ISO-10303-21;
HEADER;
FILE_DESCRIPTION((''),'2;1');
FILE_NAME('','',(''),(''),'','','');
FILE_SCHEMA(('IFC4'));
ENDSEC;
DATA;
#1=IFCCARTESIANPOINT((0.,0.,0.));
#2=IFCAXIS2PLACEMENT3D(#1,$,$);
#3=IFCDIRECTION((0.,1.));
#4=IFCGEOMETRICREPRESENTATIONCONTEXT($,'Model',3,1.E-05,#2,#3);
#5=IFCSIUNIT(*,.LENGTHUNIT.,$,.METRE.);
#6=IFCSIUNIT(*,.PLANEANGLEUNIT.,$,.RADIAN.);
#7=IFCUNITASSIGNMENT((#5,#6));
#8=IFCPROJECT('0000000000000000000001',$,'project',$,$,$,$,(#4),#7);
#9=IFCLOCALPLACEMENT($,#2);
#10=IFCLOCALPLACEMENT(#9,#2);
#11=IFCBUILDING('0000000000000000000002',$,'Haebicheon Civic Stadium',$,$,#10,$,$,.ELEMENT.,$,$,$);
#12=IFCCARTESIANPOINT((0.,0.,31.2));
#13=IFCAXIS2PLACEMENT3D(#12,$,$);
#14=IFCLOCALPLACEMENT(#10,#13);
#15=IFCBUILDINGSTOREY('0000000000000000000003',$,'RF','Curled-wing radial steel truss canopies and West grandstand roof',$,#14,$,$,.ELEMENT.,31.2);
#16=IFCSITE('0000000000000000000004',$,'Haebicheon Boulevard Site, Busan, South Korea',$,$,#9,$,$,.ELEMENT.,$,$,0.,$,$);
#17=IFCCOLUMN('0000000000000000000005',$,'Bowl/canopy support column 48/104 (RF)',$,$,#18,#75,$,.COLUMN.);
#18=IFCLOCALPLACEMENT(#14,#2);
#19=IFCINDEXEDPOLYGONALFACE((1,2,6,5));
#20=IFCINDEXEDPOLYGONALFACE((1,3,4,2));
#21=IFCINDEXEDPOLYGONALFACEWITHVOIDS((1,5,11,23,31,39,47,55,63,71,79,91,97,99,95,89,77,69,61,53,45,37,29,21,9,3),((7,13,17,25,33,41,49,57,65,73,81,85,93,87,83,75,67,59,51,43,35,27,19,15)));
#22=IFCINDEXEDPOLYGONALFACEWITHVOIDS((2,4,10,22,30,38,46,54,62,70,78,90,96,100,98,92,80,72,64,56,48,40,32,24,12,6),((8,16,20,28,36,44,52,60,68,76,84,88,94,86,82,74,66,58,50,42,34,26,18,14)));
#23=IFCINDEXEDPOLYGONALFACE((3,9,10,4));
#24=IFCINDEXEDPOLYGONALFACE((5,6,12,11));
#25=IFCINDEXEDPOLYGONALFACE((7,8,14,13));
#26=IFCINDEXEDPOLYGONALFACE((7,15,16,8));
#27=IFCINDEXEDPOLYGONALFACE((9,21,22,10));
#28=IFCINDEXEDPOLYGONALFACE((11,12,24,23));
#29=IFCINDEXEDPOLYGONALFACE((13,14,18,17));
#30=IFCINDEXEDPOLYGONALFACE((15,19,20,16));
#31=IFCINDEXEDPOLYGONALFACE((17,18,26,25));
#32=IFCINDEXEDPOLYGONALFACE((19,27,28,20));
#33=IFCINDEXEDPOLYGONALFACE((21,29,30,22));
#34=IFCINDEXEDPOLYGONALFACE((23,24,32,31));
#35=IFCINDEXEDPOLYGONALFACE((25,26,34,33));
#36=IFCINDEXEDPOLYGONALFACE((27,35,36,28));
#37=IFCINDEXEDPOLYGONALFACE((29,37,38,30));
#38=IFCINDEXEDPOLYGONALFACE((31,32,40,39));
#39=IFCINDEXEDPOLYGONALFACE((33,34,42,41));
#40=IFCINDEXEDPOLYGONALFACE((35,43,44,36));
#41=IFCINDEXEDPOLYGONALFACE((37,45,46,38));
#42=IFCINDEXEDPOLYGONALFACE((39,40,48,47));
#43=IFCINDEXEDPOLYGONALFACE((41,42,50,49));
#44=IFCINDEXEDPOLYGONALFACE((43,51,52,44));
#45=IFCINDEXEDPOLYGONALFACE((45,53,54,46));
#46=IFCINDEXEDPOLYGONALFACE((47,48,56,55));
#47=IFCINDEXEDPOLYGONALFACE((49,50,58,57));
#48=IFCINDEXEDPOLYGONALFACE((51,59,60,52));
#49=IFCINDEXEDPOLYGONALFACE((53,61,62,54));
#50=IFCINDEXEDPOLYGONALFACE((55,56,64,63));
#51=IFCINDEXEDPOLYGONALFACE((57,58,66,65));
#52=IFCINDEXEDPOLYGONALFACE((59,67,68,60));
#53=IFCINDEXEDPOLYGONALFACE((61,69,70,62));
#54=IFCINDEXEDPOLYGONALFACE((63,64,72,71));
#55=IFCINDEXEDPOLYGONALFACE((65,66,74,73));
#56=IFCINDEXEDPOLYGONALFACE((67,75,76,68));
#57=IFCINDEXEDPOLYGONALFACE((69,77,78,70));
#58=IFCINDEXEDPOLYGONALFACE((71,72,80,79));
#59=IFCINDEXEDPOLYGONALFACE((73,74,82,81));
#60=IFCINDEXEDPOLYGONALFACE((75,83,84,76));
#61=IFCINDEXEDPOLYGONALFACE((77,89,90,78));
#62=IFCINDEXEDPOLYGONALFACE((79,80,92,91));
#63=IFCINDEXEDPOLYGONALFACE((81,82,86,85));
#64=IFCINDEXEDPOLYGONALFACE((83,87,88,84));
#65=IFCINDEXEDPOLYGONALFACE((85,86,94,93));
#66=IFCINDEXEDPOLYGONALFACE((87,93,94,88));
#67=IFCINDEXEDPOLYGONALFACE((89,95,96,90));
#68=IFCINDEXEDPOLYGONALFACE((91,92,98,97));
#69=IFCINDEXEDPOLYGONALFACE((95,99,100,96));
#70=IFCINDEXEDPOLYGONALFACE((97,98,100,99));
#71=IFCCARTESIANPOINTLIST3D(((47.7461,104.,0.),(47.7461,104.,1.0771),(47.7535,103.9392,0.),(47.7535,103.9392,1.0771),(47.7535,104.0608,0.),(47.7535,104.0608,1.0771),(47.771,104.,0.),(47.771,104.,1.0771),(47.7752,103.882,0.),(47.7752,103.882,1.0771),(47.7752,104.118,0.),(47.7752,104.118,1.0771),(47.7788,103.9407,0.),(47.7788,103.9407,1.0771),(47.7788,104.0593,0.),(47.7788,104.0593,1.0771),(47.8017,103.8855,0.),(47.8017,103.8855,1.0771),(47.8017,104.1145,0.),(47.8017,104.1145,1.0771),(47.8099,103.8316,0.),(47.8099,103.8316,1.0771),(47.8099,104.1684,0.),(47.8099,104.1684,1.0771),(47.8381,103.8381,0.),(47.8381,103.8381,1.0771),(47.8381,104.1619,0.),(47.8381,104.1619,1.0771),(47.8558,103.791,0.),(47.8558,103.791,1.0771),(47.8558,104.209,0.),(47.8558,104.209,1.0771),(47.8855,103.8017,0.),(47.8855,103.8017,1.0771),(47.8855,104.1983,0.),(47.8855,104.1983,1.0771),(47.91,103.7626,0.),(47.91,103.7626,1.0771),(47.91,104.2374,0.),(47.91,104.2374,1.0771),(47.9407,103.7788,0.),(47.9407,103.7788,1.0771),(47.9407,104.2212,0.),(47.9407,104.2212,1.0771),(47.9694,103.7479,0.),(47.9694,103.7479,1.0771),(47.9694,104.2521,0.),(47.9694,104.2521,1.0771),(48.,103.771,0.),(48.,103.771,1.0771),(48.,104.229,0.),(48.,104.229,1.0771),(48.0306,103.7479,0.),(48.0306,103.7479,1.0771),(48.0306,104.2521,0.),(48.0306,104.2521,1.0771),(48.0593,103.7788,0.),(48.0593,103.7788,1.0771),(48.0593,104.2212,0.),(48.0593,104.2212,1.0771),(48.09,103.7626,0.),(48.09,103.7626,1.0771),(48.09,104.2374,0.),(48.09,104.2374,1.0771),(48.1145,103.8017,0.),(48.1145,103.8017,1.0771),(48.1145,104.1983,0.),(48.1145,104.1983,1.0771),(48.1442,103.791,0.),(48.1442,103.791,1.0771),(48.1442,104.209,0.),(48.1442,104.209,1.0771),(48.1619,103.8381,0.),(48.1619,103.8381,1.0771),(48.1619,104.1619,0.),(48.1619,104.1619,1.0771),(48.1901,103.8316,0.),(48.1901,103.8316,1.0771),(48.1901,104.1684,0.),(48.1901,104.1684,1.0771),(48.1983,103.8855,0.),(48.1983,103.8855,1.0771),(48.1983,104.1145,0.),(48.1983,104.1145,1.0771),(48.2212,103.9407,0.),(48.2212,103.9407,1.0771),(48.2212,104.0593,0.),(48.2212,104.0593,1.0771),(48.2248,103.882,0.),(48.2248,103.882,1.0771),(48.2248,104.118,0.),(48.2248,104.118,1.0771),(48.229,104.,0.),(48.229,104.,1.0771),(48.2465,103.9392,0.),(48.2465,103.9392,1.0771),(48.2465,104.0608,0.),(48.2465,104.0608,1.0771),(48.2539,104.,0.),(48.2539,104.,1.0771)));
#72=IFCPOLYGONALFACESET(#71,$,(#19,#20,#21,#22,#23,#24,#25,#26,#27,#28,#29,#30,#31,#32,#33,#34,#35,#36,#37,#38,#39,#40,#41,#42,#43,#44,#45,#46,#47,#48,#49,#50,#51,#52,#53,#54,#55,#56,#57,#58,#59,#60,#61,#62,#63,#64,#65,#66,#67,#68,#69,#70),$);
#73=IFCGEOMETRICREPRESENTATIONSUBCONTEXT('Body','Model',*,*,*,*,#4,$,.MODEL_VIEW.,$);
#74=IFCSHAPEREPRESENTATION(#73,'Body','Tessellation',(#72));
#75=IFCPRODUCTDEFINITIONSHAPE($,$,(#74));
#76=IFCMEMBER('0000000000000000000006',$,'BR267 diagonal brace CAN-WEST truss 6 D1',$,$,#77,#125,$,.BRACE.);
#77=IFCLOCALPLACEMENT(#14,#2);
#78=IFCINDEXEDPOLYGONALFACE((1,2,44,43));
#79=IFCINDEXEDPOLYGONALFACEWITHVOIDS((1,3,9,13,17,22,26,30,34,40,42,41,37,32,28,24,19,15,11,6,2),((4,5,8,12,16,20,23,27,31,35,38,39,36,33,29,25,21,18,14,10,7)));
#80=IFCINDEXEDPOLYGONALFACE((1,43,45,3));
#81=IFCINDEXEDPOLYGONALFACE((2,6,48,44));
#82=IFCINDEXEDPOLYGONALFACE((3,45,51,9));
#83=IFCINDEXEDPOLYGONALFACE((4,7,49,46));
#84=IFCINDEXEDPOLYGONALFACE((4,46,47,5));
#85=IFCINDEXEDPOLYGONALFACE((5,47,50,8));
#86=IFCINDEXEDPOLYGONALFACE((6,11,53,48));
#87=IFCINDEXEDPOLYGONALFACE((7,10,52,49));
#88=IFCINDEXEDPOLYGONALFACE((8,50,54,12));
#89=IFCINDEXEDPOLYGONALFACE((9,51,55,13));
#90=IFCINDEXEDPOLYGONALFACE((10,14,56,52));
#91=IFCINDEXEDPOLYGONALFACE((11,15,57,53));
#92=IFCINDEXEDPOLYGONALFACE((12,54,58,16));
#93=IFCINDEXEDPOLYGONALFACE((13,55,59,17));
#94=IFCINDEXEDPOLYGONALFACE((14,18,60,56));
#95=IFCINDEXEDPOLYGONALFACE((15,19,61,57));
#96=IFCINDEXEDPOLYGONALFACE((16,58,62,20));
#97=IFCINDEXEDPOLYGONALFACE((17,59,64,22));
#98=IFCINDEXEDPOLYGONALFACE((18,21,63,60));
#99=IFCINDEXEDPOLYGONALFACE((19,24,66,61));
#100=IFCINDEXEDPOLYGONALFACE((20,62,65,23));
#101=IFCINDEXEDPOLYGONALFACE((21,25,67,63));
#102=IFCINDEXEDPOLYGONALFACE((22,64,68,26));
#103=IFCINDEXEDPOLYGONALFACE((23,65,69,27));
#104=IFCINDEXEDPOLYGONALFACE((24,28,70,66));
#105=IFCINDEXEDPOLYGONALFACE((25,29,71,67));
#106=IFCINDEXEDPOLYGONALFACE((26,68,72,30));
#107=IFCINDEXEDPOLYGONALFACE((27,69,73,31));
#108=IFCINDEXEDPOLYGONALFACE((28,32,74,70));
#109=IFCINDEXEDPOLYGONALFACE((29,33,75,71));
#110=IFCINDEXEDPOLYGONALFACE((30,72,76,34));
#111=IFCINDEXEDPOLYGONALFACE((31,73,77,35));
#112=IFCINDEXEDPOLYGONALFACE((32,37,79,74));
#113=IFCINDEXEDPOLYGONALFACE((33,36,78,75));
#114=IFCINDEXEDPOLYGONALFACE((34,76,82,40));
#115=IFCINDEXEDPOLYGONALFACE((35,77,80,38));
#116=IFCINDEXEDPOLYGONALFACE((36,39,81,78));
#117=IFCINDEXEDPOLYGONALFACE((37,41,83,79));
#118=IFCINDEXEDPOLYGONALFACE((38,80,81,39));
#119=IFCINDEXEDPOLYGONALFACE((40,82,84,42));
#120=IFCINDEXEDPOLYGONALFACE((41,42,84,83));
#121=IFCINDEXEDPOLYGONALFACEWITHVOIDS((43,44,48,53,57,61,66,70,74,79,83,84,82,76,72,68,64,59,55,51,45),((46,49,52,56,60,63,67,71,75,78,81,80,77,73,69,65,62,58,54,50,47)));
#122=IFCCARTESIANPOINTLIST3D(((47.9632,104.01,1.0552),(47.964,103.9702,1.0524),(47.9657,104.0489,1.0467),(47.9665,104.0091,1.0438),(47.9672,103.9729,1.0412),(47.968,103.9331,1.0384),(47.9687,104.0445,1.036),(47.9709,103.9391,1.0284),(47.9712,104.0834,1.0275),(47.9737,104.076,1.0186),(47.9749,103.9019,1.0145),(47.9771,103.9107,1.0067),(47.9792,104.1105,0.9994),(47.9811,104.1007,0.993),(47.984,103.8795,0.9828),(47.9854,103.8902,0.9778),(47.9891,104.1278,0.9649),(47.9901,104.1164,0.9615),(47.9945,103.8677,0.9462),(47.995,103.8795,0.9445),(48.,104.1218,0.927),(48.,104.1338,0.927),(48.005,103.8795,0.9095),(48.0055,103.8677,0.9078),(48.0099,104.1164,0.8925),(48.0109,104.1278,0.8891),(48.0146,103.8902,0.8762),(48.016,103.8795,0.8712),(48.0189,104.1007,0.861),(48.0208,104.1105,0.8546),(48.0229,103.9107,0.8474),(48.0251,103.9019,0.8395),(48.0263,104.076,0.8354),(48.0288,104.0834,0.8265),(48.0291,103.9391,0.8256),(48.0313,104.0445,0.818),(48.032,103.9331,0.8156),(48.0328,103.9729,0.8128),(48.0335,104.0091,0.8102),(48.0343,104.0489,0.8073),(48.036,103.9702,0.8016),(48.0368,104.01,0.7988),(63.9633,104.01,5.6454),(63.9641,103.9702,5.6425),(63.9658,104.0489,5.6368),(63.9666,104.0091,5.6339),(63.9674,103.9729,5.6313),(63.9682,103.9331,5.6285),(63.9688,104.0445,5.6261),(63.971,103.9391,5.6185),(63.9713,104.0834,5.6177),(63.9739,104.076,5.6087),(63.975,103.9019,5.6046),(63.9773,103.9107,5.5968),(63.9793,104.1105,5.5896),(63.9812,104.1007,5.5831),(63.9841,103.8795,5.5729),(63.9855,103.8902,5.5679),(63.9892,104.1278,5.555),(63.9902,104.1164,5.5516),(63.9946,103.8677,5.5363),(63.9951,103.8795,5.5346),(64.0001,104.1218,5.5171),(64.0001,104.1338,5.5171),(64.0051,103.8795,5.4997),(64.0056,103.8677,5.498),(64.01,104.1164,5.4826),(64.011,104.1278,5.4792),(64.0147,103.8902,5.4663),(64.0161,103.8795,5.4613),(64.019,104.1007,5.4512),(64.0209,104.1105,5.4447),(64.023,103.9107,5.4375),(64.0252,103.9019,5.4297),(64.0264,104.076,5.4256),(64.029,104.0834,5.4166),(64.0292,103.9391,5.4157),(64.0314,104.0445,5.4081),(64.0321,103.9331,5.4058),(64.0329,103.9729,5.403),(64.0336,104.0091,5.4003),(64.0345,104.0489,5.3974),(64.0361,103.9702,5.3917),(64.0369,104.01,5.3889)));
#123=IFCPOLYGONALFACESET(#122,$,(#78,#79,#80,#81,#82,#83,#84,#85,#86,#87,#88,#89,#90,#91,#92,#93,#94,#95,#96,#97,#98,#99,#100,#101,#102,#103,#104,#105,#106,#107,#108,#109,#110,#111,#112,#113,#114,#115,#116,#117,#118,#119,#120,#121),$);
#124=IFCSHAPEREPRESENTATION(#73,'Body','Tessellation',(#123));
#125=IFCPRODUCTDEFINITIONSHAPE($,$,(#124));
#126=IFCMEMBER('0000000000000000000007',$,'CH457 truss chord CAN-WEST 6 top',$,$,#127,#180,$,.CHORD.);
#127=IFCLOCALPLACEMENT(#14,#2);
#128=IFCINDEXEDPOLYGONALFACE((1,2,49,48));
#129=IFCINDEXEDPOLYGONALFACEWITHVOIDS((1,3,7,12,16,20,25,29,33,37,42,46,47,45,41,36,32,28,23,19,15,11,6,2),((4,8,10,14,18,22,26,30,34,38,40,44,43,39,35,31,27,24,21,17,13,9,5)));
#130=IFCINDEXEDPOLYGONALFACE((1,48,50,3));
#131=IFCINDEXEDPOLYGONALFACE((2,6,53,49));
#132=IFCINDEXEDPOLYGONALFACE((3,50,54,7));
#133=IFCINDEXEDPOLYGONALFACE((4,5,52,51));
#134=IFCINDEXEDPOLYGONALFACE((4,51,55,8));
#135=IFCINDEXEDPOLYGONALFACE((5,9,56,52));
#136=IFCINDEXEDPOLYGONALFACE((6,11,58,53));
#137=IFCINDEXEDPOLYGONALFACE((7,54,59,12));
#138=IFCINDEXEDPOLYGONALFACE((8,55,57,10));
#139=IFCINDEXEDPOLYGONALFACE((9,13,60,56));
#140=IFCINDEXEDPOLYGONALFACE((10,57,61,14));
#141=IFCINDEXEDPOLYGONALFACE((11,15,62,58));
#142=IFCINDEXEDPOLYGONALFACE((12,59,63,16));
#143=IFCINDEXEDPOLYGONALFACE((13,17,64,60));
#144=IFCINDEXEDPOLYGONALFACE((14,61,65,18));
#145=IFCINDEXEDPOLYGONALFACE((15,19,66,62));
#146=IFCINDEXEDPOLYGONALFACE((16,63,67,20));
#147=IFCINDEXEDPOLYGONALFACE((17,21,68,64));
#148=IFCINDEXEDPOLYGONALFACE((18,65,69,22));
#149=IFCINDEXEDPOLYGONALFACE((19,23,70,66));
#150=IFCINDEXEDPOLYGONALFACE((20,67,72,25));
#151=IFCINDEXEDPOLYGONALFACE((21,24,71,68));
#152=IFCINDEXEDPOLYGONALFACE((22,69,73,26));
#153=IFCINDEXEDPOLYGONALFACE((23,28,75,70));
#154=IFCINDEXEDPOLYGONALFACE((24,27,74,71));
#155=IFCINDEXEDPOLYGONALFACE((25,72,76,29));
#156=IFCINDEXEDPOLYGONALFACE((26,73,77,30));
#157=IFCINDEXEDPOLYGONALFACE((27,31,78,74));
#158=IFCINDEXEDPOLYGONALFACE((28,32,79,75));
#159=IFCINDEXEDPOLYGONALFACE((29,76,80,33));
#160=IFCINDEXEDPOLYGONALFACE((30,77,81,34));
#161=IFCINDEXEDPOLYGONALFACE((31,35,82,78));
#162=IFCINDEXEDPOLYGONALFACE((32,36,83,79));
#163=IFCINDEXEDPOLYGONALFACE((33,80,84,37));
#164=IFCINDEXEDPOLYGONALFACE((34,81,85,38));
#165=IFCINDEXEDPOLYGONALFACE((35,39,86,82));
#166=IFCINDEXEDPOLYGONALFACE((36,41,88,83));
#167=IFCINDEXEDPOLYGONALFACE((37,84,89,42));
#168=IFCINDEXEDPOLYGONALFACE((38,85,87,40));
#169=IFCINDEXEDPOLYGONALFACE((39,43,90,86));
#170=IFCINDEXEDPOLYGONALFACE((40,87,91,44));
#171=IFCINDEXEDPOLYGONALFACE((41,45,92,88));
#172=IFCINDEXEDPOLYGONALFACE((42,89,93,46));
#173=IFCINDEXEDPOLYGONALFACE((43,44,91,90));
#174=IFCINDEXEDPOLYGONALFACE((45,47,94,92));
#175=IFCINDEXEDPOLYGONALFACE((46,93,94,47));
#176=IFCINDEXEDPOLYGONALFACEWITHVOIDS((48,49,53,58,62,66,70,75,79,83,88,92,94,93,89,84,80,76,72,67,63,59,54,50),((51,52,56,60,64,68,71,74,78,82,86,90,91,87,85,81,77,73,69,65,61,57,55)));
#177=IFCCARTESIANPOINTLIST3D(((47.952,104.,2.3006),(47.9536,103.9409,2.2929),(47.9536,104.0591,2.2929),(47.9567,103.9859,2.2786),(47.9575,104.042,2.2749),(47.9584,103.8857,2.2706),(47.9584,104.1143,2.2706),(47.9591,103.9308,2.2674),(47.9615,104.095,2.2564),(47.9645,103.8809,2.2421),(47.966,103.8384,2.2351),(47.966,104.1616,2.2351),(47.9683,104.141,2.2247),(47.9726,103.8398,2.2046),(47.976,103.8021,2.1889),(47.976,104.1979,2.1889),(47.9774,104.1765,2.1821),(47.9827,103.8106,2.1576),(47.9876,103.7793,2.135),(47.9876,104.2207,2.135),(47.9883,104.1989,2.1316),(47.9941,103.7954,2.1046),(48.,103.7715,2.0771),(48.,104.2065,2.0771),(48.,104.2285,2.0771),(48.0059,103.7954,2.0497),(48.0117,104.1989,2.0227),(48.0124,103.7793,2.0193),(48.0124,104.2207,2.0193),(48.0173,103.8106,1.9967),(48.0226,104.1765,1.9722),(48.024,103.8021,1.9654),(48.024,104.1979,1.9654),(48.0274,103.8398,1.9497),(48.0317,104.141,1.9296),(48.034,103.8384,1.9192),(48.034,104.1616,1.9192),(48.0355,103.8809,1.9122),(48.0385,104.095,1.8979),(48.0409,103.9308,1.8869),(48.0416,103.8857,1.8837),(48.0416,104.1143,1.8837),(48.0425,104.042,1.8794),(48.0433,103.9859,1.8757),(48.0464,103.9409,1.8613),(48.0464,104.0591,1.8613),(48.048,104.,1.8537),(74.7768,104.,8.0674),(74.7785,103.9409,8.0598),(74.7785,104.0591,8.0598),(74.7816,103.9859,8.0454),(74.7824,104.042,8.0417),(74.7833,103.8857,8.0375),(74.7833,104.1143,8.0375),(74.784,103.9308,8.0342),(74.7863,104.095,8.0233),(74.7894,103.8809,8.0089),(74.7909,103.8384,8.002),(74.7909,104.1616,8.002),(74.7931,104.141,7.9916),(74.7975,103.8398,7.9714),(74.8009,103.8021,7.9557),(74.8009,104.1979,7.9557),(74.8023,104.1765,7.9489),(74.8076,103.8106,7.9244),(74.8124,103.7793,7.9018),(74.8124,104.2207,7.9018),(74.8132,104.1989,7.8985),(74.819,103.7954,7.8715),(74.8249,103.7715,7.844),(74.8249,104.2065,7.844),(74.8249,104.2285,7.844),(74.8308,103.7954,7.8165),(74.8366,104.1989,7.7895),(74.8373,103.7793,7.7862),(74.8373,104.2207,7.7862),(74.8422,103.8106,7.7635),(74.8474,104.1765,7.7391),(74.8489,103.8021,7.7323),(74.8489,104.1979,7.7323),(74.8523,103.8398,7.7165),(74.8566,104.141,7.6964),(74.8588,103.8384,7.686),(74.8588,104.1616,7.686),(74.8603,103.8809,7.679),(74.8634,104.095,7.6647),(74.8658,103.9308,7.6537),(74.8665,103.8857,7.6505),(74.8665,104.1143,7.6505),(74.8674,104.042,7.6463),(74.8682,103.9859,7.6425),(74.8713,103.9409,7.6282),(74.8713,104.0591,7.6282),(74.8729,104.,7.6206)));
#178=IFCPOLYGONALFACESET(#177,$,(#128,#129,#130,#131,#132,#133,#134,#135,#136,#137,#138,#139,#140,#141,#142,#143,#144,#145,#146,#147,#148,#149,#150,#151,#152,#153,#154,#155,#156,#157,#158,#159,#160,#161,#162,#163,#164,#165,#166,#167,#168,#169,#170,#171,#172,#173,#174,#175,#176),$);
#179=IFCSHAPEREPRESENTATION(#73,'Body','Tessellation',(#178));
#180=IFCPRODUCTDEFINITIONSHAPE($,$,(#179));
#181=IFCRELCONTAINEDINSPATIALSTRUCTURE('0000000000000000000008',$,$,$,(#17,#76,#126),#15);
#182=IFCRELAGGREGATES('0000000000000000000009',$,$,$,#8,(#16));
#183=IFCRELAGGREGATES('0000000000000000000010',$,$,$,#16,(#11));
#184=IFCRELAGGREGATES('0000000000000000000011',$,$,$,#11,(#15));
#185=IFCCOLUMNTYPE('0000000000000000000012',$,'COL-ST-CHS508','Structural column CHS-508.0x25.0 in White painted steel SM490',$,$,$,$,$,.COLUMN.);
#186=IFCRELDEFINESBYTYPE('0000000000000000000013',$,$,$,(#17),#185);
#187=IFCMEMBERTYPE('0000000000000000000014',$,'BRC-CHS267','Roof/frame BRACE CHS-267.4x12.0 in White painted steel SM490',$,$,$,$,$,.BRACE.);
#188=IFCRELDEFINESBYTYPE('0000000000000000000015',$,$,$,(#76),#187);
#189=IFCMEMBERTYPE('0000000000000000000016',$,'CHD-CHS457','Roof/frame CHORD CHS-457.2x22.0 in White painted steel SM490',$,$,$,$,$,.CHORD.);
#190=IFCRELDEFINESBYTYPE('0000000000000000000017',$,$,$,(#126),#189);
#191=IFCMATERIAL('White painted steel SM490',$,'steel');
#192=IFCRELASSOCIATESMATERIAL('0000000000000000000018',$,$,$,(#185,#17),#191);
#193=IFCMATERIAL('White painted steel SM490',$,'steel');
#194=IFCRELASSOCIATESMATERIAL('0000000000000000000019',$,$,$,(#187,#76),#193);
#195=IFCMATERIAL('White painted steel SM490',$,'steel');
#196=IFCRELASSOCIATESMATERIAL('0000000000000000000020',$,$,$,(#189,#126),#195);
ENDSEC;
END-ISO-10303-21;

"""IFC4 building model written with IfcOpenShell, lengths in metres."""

from ifc_helpers import new_model, si_unit, direction, frame, origin, origin_2d, place, context, subcontext, project, spatial, hollow_circle, extrude, material, material_profile, profile_set, type_object, element, save


model = new_model("IFC4")

# Units and contexts
model_context = context("Model", 3, precision=1e-05, world=origin(), true_north=direction((0.0, 1.0)))
body_context = subcontext(model_context, "Body", "Model", "MODEL_VIEW")
ifc_project = project(units=[si_unit("LENGTHUNIT", "METRE"), si_unit("PLANEANGLEUNIT", "RADIAN")], contexts=[model_context])

# Site, building, storey
site_placement = place(None, origin())
site = spatial("IfcSite", under=ifc_project, at=site_placement, Name="Haebicheon Boulevard Site, Busan, South Korea", CompositionType="ELEMENT", RefElevation=0.0)
building_placement = place(site_placement, origin())
building = spatial("IfcBuilding", under=site, at=building_placement, Name="Haebicheon Civic Stadium", CompositionType="ELEMENT")
storey_placement = place(building_placement, frame((0.0, 0.0, 31.2)))
storey = spatial("IfcBuildingStorey", under=building, at=storey_placement, Name="RF", Description="Curled-wing radial steel truss canopies and West grandstand roof", CompositionType="ELEMENT", Elevation=31.2)

# Column
ifc_material_1 = material(Name="White painted steel SM490", Category="steel")
ifc_material_profile_1 = material_profile(ifc_material_1, hollow_circle(Radius=0.2539, WallThickness=0.0249, at=origin_2d()), Name="CHS-508.0x25.0")
ifc_profile_set_1 = profile_set([ifc_material_profile_1], Name="White painted steel SM490")
column_type = type_object("IfcColumnType", Name="COL-ST-CHS508", Description="Structural column CHS-508.0x25.0 in White painted steel SM490", PredefinedType="COLUMN", material=ifc_profile_set_1)
column_placement = place(storey_placement, frame((48.0, 104.0, 0.0), z_axis=(0.0, 0.0, 1.0), x_axis=(1.0, 0.0, 0.0)))
element("IfcColumn", 1, at=column_placement, inside=storey, type_object=column_type, material=ifc_profile_set_1, Name="Bowl/canopy support column 48/104 (RF)", PredefinedType="COLUMN", context=body_context, shape_type="SweptSolid", body=[
    extrude(hollow_circle(Radius=0.2539, WallThickness=0.0249, at=origin_2d()), origin(), (0.0, 0.0, 1.0), 1.0771),
])

# Members
ifc_material_2 = material(Name="White painted steel SM490", Category="steel")
ifc_material_profile_2 = material_profile(ifc_material_2, hollow_circle(Radius=0.1338, WallThickness=0.012, at=origin_2d()), Name="CHS-267.4x12.0")
ifc_profile_set_2 = profile_set([ifc_material_profile_2], Name="White painted steel SM490")
member_type_1 = type_object("IfcMemberType", Name="BRC-CHS267", Description="Roof/frame BRACE CHS-267.4x12.0 in White painted steel SM490", PredefinedType="BRACE", material=ifc_profile_set_2)
member_1_placement = place(storey_placement, frame((48.0, 104.0, 0.927), z_axis=(0.961227, 0.0, 0.275757), x_axis=(0.0, 1.0, 0.0)))
element("IfcMember", 2, at=member_1_placement, inside=storey, type_object=member_type_1, material=ifc_profile_set_2, Name="BR267 diagonal brace CAN-WEST truss 6 D1", PredefinedType="BRACE", context=body_context, shape_type="SweptSolid", body=[
    extrude(hollow_circle(Radius=0.1338, WallThickness=0.012, at=origin_2d()), origin(), (0.0, 0.0, 1.0), 16.6455),
])
ifc_material_3 = material(Name="White painted steel SM490", Category="steel")
ifc_material_profile_3 = material_profile(ifc_material_3, hollow_circle(Radius=0.2285, WallThickness=0.022, at=origin_2d()), Name="CHS-457.2x22.0")
ifc_profile_set_3 = profile_set([ifc_material_profile_3], Name="White painted steel SM490")
member_type_2 = type_object("IfcMemberType", Name="CHD-CHS457", Description="Roof/frame CHORD CHS-457.2x22.0 in White painted steel SM490", PredefinedType="CHORD", material=ifc_profile_set_3)
member_2_placement = place(storey_placement, frame((48.0, 104.0, 2.0771), z_axis=(0.977663, 0.0, 0.210179), x_axis=(0.0, 1.0, 0.0)))
element("IfcMember", 3, at=member_2_placement, inside=storey, type_object=member_type_2, material=ifc_profile_set_3, Name="CH457 truss chord CAN-WEST 6 top", PredefinedType="CHORD", context=body_context, shape_type="SweptSolid", body=[
    extrude(hollow_circle(Radius=0.2285, WallThickness=0.022, at=origin_2d()), origin(), (0.0, 0.0, 1.0), 27.4377),
])

save(model, "model.ifc")
